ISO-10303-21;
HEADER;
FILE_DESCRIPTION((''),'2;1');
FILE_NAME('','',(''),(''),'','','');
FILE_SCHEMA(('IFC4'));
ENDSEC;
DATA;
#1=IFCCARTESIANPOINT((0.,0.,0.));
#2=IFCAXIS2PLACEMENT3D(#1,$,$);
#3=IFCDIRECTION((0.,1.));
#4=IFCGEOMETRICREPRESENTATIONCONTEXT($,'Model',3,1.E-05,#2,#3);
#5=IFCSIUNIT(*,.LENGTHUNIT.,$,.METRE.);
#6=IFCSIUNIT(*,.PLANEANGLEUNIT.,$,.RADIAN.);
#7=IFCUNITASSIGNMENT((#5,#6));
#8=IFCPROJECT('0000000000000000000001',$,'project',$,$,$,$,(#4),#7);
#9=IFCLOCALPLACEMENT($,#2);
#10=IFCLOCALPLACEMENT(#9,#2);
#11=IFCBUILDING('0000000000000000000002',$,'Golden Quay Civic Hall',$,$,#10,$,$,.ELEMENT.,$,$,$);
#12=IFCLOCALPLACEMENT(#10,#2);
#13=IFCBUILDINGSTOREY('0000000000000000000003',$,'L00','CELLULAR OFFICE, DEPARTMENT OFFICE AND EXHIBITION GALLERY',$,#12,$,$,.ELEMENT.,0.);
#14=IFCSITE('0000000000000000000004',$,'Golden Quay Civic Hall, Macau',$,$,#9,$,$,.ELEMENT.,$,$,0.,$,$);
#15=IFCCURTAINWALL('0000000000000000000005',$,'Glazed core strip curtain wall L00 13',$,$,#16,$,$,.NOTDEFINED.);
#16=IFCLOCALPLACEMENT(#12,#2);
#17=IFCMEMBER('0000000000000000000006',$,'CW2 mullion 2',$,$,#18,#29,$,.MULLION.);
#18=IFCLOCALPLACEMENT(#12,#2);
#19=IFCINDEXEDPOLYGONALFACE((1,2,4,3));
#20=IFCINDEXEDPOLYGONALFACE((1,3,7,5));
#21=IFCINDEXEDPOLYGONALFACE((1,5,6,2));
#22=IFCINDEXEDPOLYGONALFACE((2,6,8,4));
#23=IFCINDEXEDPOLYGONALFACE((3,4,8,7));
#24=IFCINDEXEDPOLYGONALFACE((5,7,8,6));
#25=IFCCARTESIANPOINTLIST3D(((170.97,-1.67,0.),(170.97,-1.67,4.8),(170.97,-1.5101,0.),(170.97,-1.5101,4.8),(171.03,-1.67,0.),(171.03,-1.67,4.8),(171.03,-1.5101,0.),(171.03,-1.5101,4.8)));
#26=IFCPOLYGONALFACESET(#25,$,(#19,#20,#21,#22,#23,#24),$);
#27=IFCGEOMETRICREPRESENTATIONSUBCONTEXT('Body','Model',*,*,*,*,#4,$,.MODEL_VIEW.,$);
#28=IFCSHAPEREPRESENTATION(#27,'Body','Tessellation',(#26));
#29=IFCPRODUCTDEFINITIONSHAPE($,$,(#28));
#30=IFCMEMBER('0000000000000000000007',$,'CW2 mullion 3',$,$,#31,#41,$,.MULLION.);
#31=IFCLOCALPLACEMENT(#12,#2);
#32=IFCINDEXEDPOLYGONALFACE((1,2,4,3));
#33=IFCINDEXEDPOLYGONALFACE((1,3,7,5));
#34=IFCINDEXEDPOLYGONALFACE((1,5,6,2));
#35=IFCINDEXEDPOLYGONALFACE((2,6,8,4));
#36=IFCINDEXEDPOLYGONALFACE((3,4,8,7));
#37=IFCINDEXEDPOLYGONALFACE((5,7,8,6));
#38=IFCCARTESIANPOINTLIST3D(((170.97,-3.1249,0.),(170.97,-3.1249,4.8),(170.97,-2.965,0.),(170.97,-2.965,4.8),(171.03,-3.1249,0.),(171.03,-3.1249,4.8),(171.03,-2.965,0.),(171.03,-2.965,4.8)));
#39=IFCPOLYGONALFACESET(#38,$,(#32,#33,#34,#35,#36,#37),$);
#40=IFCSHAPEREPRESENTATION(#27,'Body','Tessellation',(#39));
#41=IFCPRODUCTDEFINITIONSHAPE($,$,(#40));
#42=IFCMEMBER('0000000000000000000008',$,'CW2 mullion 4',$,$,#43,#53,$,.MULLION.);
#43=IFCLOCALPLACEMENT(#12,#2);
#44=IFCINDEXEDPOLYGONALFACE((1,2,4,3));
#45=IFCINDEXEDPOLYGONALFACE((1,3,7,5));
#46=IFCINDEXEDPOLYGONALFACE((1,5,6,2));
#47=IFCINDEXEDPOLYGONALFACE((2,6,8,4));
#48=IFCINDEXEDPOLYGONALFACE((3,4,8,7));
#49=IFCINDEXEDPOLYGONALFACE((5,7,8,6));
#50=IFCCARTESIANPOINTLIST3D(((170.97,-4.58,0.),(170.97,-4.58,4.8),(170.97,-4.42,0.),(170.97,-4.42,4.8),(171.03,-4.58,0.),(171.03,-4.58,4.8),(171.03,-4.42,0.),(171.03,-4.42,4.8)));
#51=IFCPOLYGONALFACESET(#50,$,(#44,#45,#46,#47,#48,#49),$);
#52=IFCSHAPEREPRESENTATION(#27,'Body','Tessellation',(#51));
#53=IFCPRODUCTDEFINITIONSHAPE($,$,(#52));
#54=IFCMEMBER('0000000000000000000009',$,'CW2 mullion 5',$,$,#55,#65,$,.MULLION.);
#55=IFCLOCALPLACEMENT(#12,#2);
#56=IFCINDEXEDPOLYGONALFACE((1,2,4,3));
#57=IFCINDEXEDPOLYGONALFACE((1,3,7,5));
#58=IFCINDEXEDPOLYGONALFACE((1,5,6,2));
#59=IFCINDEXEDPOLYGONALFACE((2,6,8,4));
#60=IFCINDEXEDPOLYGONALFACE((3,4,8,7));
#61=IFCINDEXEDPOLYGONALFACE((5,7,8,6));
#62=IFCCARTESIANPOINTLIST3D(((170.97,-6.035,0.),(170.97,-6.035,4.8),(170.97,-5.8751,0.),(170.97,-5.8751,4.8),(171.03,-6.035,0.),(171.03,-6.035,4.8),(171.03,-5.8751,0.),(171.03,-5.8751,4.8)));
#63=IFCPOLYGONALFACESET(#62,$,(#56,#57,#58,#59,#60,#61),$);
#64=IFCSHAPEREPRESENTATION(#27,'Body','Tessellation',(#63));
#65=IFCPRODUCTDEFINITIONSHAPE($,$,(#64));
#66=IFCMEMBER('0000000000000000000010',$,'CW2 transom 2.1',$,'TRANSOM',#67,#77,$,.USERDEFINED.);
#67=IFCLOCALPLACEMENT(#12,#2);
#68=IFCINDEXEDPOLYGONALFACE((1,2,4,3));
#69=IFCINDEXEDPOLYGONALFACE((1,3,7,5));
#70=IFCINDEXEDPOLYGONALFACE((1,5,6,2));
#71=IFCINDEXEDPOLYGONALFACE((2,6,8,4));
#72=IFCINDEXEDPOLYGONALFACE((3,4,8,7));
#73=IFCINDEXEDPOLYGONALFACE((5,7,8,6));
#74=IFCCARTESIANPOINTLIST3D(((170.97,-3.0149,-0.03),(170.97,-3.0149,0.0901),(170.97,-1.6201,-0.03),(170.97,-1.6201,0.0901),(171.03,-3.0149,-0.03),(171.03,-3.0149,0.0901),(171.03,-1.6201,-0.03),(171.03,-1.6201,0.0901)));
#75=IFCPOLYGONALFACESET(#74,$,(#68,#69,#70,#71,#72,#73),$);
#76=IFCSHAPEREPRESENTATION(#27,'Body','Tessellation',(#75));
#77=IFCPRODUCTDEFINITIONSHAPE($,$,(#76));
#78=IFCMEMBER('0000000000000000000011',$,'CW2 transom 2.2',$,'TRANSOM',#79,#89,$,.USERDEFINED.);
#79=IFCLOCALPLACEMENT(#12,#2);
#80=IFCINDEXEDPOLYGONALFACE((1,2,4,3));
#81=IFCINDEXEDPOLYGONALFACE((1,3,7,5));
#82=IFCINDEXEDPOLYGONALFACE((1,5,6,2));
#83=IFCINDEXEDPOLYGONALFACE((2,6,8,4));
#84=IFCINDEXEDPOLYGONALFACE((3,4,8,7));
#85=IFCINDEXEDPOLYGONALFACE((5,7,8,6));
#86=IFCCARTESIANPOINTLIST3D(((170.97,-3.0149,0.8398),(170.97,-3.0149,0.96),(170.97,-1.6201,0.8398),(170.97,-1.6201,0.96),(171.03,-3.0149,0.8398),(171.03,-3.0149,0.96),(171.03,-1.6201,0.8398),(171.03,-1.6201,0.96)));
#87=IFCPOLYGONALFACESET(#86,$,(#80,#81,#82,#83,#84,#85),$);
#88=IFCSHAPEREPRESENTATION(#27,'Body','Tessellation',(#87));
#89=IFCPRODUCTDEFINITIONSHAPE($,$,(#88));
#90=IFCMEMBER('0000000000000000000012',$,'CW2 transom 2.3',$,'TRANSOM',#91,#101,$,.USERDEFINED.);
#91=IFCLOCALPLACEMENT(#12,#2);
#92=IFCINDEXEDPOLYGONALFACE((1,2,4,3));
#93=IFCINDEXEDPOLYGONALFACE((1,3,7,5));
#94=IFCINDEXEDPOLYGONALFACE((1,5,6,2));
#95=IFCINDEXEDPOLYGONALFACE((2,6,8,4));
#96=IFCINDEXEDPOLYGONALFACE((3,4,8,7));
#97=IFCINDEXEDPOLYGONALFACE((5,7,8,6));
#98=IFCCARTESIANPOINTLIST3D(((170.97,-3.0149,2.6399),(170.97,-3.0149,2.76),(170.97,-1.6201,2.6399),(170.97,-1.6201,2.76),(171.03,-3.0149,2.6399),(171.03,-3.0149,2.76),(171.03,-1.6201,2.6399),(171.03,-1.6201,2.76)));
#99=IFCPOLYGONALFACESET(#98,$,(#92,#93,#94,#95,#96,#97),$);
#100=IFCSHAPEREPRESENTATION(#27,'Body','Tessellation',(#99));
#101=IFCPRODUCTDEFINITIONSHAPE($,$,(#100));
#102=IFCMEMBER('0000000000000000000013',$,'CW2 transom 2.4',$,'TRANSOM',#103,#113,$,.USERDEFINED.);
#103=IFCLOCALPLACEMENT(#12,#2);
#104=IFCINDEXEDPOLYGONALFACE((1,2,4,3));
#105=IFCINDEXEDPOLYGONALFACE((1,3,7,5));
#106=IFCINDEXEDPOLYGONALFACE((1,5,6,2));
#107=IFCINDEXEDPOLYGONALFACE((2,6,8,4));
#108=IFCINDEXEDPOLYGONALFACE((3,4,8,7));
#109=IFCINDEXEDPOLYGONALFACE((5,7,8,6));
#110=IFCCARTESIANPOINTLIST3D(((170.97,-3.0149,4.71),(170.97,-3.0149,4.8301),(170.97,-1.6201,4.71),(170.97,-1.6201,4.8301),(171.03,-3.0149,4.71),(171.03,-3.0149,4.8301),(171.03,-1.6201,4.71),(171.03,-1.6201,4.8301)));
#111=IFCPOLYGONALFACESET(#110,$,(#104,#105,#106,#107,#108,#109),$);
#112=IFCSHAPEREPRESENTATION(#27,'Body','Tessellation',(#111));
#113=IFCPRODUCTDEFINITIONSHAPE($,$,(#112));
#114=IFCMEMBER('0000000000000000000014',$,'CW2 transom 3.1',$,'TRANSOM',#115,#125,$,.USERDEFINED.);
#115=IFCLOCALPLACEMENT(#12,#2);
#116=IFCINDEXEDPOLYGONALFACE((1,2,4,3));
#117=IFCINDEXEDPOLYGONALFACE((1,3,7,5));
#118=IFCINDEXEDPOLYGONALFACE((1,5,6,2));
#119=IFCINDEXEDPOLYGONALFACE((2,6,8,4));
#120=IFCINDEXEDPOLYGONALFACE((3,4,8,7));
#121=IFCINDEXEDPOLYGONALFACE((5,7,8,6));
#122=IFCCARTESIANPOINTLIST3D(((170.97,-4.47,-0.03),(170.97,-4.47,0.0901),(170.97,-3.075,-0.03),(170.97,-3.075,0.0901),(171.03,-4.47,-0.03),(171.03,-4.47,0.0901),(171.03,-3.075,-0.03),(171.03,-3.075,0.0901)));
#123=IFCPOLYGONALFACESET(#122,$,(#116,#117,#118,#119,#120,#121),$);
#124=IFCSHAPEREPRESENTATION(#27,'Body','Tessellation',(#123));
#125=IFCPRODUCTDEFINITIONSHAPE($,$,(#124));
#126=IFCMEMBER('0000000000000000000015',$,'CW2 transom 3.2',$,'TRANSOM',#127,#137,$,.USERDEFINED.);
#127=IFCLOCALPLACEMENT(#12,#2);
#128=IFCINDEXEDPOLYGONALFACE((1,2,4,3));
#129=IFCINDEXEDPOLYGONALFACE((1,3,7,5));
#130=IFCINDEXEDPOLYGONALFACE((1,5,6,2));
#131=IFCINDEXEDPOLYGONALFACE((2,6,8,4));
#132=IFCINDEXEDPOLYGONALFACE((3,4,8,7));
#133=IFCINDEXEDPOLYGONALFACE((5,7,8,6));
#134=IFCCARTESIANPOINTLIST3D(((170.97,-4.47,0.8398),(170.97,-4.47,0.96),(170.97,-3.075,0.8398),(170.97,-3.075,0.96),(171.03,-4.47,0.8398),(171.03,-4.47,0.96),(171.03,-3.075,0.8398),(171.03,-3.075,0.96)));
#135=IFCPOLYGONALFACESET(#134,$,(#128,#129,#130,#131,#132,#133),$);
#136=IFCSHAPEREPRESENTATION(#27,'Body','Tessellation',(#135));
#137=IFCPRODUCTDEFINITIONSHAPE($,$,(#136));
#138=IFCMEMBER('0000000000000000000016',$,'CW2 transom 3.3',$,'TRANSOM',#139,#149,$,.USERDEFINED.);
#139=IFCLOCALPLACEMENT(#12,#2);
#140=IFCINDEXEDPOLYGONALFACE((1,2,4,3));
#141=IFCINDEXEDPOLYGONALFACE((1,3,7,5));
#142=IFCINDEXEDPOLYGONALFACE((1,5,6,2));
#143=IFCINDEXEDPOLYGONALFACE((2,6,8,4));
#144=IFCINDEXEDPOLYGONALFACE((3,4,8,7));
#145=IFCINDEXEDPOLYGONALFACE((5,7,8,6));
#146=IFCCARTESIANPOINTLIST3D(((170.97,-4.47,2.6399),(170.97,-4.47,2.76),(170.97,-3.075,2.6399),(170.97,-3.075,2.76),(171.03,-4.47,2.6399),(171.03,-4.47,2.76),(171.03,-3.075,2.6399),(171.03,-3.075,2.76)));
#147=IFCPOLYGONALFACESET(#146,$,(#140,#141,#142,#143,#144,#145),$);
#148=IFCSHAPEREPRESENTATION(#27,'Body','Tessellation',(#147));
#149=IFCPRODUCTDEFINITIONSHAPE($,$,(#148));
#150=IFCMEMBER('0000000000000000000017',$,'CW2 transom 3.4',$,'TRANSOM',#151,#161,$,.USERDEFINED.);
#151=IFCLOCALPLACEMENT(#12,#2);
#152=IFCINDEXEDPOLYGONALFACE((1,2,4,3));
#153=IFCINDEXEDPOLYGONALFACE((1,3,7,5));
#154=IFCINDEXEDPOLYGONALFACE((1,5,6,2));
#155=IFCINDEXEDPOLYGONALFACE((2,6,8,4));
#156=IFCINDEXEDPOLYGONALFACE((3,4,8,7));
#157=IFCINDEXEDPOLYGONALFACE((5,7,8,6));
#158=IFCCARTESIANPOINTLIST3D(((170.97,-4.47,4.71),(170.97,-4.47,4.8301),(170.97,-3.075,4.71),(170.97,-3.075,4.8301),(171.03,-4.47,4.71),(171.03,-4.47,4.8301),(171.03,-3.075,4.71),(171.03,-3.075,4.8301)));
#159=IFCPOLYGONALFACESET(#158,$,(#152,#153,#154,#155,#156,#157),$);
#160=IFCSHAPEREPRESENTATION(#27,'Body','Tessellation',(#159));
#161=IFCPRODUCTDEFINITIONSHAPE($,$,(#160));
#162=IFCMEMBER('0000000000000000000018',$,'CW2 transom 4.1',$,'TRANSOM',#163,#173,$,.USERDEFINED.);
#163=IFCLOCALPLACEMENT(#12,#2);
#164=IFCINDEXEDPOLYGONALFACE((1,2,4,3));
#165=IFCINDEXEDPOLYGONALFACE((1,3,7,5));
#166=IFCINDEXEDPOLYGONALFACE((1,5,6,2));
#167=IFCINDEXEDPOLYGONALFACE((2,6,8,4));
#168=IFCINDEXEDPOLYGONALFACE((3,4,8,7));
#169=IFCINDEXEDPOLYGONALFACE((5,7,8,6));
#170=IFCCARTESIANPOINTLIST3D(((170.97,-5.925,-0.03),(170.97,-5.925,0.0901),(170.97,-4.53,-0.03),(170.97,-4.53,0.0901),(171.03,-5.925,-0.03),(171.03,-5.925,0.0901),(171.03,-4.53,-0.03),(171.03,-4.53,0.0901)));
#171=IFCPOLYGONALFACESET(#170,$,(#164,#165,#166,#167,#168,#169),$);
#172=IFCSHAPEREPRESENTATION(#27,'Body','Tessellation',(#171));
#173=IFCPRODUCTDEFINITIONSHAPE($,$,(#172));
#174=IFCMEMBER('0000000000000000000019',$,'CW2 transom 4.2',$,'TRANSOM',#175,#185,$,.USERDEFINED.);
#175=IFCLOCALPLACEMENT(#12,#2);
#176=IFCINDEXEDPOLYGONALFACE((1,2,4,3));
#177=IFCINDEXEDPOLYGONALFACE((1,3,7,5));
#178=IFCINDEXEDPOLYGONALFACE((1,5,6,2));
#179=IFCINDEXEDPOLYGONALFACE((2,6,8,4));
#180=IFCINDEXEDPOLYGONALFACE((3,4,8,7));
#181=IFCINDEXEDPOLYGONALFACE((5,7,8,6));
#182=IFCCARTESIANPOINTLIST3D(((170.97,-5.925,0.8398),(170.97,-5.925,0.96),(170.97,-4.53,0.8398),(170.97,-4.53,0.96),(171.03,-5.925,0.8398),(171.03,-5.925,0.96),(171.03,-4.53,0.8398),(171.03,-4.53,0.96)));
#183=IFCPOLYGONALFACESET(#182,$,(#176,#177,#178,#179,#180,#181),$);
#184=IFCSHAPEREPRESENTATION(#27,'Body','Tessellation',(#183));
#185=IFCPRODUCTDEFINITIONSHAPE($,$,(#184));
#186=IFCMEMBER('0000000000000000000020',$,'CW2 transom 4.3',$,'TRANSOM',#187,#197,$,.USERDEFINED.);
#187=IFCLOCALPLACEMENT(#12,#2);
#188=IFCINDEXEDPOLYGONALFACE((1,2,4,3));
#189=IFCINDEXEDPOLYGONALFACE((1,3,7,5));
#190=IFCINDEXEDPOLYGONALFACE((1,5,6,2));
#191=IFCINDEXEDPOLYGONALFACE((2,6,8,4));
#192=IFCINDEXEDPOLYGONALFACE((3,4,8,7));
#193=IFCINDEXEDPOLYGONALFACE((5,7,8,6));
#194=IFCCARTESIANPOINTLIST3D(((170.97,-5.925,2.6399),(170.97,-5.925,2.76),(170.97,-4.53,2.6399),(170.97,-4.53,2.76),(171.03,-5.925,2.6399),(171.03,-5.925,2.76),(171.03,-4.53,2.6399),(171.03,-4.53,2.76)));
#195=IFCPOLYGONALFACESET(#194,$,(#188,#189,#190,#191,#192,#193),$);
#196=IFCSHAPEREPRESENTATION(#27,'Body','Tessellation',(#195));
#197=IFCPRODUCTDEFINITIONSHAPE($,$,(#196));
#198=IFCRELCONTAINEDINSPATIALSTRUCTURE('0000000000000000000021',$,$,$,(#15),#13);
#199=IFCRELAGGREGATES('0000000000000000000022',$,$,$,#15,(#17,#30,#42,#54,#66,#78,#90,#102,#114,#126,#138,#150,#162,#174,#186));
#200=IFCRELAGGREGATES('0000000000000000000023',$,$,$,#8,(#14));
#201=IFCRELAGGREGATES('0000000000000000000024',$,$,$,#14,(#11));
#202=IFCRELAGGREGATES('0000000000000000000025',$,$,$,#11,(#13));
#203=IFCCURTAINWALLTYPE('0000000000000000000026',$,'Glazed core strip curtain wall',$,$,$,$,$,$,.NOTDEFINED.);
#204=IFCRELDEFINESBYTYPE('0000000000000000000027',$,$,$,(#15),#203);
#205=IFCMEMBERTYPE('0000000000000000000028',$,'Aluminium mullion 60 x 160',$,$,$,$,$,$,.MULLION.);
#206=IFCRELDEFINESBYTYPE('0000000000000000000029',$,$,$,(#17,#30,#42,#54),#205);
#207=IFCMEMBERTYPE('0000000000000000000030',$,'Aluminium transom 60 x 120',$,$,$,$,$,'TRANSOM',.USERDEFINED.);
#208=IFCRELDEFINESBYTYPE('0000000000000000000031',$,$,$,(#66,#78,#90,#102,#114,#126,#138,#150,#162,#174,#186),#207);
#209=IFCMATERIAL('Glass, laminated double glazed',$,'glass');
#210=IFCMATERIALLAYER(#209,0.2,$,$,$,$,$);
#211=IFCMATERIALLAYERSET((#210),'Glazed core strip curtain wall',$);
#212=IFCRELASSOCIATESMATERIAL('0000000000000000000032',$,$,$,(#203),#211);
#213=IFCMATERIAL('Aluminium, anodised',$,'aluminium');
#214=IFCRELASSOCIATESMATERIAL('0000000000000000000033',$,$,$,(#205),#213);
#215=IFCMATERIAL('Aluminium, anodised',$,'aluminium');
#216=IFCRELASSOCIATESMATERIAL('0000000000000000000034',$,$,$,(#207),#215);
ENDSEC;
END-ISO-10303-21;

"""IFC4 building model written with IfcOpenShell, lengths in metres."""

from ifc_helpers import new_model, si_unit, direction, frame, origin, origin_2d, place, context, subcontext, project, spatial, rectangle, extrude, material, layer, layer_set, material_profile, profile_set, type_object, element, aggregate, save


model = new_model("IFC4")

# Units and contexts
model_context = context("Model", 3, precision=1e-05, world=origin(), true_north=direction((0.0, 1.0)))
body_context = subcontext(model_context, "Body", "Model", "MODEL_VIEW")
ifc_project = project(units=[si_unit("LENGTHUNIT", "METRE"), si_unit("PLANEANGLEUNIT", "RADIAN")], contexts=[model_context])

# Site, building, storey
site_placement = place(None, origin())
site = spatial("IfcSite", under=ifc_project, at=site_placement, Name="Golden Quay Civic Hall, Macau", CompositionType="ELEMENT", RefElevation=0.0)
building_placement = place(site_placement, origin())
building = spatial("IfcBuilding", under=site, at=building_placement, Name="Golden Quay Civic Hall", CompositionType="ELEMENT")
storey_placement = place(building_placement, origin())
storey = spatial("IfcBuildingStorey", under=building, at=storey_placement, Name="L00", Description="CELLULAR OFFICE, DEPARTMENT OFFICE AND EXHIBITION GALLERY", CompositionType="ELEMENT", Elevation=0.0)

# Curtain wall, members
ifc_material_1 = material(Name="Glass, laminated double glazed", Category="glass")
ifc_layer_1 = layer(ifc_material_1, 0.2)
ifc_layer_set_1 = layer_set([ifc_layer_1], Name="Glazed core strip curtain wall")
curtain_wall_type = type_object("IfcCurtainWallType", Name="Glazed core strip curtain wall", PredefinedType="NOTDEFINED", material=ifc_layer_set_1)
curtain_wall_placement = place(storey_placement, origin())
curtain_wall = element("IfcCurtainWall", 1, at=curtain_wall_placement, inside=storey, type_object=curtain_wall_type, Name="Glazed core strip curtain wall L00 13", PredefinedType="NOTDEFINED")
ifc_material_2 = material(Name="Aluminium, anodised", Category="aluminium")
ifc_material_profile_1 = material_profile(ifc_material_2, rectangle(XDim=0.0601, YDim=0.1599, at=origin_2d()), Name="Aluminium 60 x 160")
ifc_profile_set_1 = profile_set([ifc_material_profile_1], Name="Aluminium, anodised")
member_type_1 = type_object("IfcMemberType", Name="Aluminium mullion 60 x 160", PredefinedType="MULLION", material=ifc_profile_set_1)
member_1_placement = place(storey_placement, frame((171.0, -1.5901, 0.0), z_axis=(0.0, 0.0, 1.0), x_axis=(1.0, 0.0, 0.0)))
member_1 = element("IfcMember", 2, at=member_1_placement, type_object=member_type_1, Name="CW2 mullion 2", PredefinedType="MULLION", context=body_context, shape_type="SweptSolid", body=[
    extrude(rectangle(XDim=0.0601, YDim=0.1599, at=origin_2d()), origin(), (0.0, 0.0, 1.0), 4.8),
])
member_2_placement = place(storey_placement, frame((171.0, -3.0449, 0.0), z_axis=(0.0, 0.0, 1.0), x_axis=(1.0, 0.0, 0.0)))
member_2 = element("IfcMember", 3, at=member_2_placement, type_object=member_type_1, Name="CW2 mullion 3", PredefinedType="MULLION", context=body_context, shape_type="SweptSolid", body=[
    extrude(rectangle(XDim=0.0601, YDim=0.1599, at=origin_2d()), origin(), (0.0, 0.0, 1.0), 4.8),
])
member_3_placement = place(storey_placement, frame((171.0, -4.5, 0.0), z_axis=(0.0, 0.0, 1.0), x_axis=(1.0, 0.0, 0.0)))
member_3 = element("IfcMember", 4, at=member_3_placement, type_object=member_type_1, Name="CW2 mullion 4", PredefinedType="MULLION", context=body_context, shape_type="SweptSolid", body=[
    extrude(rectangle(XDim=0.0601, YDim=0.1599, at=origin_2d()), origin(), (0.0, 0.0, 1.0), 4.8),
])
member_4_placement = place(storey_placement, frame((171.0, -5.9551, 0.0), z_axis=(0.0, 0.0, 1.0), x_axis=(1.0, 0.0, 0.0)))
member_4 = element("IfcMember", 5, at=member_4_placement, type_object=member_type_1, Name="CW2 mullion 5", PredefinedType="MULLION", context=body_context, shape_type="SweptSolid", body=[
    extrude(rectangle(XDim=0.0601, YDim=0.1599, at=origin_2d()), origin(), (0.0, 0.0, 1.0), 4.8),
])
ifc_material_3 = material(Name="Aluminium, anodised", Category="aluminium")
ifc_material_profile_2 = material_profile(ifc_material_3, rectangle(XDim=0.0601, YDim=0.1201, at=origin_2d()), Name="Aluminium 60 x 120")
ifc_profile_set_2 = profile_set([ifc_material_profile_2], Name="Aluminium, anodised")
member_type_2 = type_object("IfcMemberType", Name="Aluminium transom 60 x 120", ElementType="TRANSOM", PredefinedType="USERDEFINED", material=ifc_profile_set_2)
member_5_placement = place(storey_placement, frame((171.0, -1.6201, 0.03), z_axis=(0.0, -1.0, 0.0), x_axis=(1.0, 0.0, 0.0)))
member_5 = element("IfcMember", 6, at=member_5_placement, type_object=member_type_2, Name="CW2 transom 2.1", ObjectType="TRANSOM", PredefinedType="USERDEFINED", context=body_context, shape_type="SweptSolid", body=[
    extrude(rectangle(XDim=0.0601, YDim=0.1201, at=origin_2d()), origin(), (0.0, 0.0, 1.0), 1.3948),
])
member_6_placement = place(storey_placement, frame((171.0, -1.6201, 0.8999), z_axis=(0.0, -1.0, 0.0), x_axis=(1.0, 0.0, 0.0)))
member_6 = element("IfcMember", 7, at=member_6_placement, type_object=member_type_2, Name="CW2 transom 2.2", ObjectType="TRANSOM", PredefinedType="USERDEFINED", context=body_context, shape_type="SweptSolid", body=[
    extrude(rectangle(XDim=0.0601, YDim=0.1201, at=origin_2d()), origin(), (0.0, 0.0, 1.0), 1.3948),
])
member_7_placement = place(storey_placement, frame((171.0, -1.6201, 2.7), z_axis=(0.0, -1.0, 0.0), x_axis=(1.0, 0.0, 0.0)))
member_7 = element("IfcMember", 8, at=member_7_placement, type_object=member_type_2, Name="CW2 transom 2.3", ObjectType="TRANSOM", PredefinedType="USERDEFINED", context=body_context, shape_type="SweptSolid", body=[
    extrude(rectangle(XDim=0.0601, YDim=0.1201, at=origin_2d()), origin(), (0.0, 0.0, 1.0), 1.3948),
])
member_8_placement = place(storey_placement, frame((171.0, -1.6201, 4.77), z_axis=(0.0, -1.0, 0.0), x_axis=(1.0, 0.0, 0.0)))
member_8 = element("IfcMember", 9, at=member_8_placement, type_object=member_type_2, Name="CW2 transom 2.4", ObjectType="TRANSOM", PredefinedType="USERDEFINED", context=body_context, shape_type="SweptSolid", body=[
    extrude(rectangle(XDim=0.0601, YDim=0.1201, at=origin_2d()), origin(), (0.0, 0.0, 1.0), 1.3948),
])
member_9_placement = place(storey_placement, frame((171.0, -3.075, 0.03), z_axis=(0.0, -1.0, 0.0), x_axis=(1.0, 0.0, 0.0)))
member_9 = element("IfcMember", 10, at=member_9_placement, type_object=member_type_2, Name="CW2 transom 3.1", ObjectType="TRANSOM", PredefinedType="USERDEFINED", context=body_context, shape_type="SweptSolid", body=[
    extrude(rectangle(XDim=0.0601, YDim=0.1201, at=origin_2d()), origin(), (0.0, 0.0, 1.0), 1.395),
])
member_10_placement = place(storey_placement, frame((171.0, -3.075, 0.8999), z_axis=(0.0, -1.0, 0.0), x_axis=(1.0, 0.0, 0.0)))
member_10 = element("IfcMember", 11, at=member_10_placement, type_object=member_type_2, Name="CW2 transom 3.2", ObjectType="TRANSOM", PredefinedType="USERDEFINED", context=body_context, shape_type="SweptSolid", body=[
    extrude(rectangle(XDim=0.0601, YDim=0.1201, at=origin_2d()), origin(), (0.0, 0.0, 1.0), 1.395),
])
member_11_placement = place(storey_placement, frame((171.0, -3.075, 2.7), z_axis=(0.0, -1.0, 0.0), x_axis=(1.0, 0.0, 0.0)))
member_11 = element("IfcMember", 12, at=member_11_placement, type_object=member_type_2, Name="CW2 transom 3.3", ObjectType="TRANSOM", PredefinedType="USERDEFINED", context=body_context, shape_type="SweptSolid", body=[
    extrude(rectangle(XDim=0.0601, YDim=0.1201, at=origin_2d()), origin(), (0.0, 0.0, 1.0), 1.395),
])
member_12_placement = place(storey_placement, frame((171.0, -3.075, 4.77), z_axis=(0.0, -1.0, 0.0), x_axis=(1.0, 0.0, 0.0)))
member_12 = element("IfcMember", 13, at=member_12_placement, type_object=member_type_2, Name="CW2 transom 3.4", ObjectType="TRANSOM", PredefinedType="USERDEFINED", context=body_context, shape_type="SweptSolid", body=[
    extrude(rectangle(XDim=0.0601, YDim=0.1201, at=origin_2d()), origin(), (0.0, 0.0, 1.0), 1.395),
])
member_13_placement = place(storey_placement, frame((171.0, -4.53, 0.03), z_axis=(0.0, -1.0, 0.0), x_axis=(1.0, 0.0, 0.0)))
member_13 = element("IfcMember", 14, at=member_13_placement, type_object=member_type_2, Name="CW2 transom 4.1", ObjectType="TRANSOM", PredefinedType="USERDEFINED", context=body_context, shape_type="SweptSolid", body=[
    extrude(rectangle(XDim=0.0601, YDim=0.1201, at=origin_2d()), origin(), (0.0, 0.0, 1.0), 1.395),
])
member_14_placement = place(storey_placement, frame((171.0, -4.53, 0.8999), z_axis=(0.0, -1.0, 0.0), x_axis=(1.0, 0.0, 0.0)))
member_14 = element("IfcMember", 15, at=member_14_placement, type_object=member_type_2, Name="CW2 transom 4.2", ObjectType="TRANSOM", PredefinedType="USERDEFINED", context=body_context, shape_type="SweptSolid", body=[
    extrude(rectangle(XDim=0.0601, YDim=0.1201, at=origin_2d()), origin(), (0.0, 0.0, 1.0), 1.395),
])
member_15_placement = place(storey_placement, frame((171.0, -4.53, 2.7), z_axis=(0.0, -1.0, 0.0), x_axis=(1.0, 0.0, 0.0)))
member_15 = element("IfcMember", 16, at=member_15_placement, type_object=member_type_2, Name="CW2 transom 4.3", ObjectType="TRANSOM", PredefinedType="USERDEFINED", context=body_context, shape_type="SweptSolid", body=[
    extrude(rectangle(XDim=0.0601, YDim=0.1201, at=origin_2d()), origin(), (0.0, 0.0, 1.0), 1.395),
])
aggregate(curtain_wall, [member_1, member_2, member_3, member_4, member_5, member_6, member_7, member_8, member_9, member_10, member_11, member_12, member_13, member_14, member_15])

save(model, "model.ifc")
